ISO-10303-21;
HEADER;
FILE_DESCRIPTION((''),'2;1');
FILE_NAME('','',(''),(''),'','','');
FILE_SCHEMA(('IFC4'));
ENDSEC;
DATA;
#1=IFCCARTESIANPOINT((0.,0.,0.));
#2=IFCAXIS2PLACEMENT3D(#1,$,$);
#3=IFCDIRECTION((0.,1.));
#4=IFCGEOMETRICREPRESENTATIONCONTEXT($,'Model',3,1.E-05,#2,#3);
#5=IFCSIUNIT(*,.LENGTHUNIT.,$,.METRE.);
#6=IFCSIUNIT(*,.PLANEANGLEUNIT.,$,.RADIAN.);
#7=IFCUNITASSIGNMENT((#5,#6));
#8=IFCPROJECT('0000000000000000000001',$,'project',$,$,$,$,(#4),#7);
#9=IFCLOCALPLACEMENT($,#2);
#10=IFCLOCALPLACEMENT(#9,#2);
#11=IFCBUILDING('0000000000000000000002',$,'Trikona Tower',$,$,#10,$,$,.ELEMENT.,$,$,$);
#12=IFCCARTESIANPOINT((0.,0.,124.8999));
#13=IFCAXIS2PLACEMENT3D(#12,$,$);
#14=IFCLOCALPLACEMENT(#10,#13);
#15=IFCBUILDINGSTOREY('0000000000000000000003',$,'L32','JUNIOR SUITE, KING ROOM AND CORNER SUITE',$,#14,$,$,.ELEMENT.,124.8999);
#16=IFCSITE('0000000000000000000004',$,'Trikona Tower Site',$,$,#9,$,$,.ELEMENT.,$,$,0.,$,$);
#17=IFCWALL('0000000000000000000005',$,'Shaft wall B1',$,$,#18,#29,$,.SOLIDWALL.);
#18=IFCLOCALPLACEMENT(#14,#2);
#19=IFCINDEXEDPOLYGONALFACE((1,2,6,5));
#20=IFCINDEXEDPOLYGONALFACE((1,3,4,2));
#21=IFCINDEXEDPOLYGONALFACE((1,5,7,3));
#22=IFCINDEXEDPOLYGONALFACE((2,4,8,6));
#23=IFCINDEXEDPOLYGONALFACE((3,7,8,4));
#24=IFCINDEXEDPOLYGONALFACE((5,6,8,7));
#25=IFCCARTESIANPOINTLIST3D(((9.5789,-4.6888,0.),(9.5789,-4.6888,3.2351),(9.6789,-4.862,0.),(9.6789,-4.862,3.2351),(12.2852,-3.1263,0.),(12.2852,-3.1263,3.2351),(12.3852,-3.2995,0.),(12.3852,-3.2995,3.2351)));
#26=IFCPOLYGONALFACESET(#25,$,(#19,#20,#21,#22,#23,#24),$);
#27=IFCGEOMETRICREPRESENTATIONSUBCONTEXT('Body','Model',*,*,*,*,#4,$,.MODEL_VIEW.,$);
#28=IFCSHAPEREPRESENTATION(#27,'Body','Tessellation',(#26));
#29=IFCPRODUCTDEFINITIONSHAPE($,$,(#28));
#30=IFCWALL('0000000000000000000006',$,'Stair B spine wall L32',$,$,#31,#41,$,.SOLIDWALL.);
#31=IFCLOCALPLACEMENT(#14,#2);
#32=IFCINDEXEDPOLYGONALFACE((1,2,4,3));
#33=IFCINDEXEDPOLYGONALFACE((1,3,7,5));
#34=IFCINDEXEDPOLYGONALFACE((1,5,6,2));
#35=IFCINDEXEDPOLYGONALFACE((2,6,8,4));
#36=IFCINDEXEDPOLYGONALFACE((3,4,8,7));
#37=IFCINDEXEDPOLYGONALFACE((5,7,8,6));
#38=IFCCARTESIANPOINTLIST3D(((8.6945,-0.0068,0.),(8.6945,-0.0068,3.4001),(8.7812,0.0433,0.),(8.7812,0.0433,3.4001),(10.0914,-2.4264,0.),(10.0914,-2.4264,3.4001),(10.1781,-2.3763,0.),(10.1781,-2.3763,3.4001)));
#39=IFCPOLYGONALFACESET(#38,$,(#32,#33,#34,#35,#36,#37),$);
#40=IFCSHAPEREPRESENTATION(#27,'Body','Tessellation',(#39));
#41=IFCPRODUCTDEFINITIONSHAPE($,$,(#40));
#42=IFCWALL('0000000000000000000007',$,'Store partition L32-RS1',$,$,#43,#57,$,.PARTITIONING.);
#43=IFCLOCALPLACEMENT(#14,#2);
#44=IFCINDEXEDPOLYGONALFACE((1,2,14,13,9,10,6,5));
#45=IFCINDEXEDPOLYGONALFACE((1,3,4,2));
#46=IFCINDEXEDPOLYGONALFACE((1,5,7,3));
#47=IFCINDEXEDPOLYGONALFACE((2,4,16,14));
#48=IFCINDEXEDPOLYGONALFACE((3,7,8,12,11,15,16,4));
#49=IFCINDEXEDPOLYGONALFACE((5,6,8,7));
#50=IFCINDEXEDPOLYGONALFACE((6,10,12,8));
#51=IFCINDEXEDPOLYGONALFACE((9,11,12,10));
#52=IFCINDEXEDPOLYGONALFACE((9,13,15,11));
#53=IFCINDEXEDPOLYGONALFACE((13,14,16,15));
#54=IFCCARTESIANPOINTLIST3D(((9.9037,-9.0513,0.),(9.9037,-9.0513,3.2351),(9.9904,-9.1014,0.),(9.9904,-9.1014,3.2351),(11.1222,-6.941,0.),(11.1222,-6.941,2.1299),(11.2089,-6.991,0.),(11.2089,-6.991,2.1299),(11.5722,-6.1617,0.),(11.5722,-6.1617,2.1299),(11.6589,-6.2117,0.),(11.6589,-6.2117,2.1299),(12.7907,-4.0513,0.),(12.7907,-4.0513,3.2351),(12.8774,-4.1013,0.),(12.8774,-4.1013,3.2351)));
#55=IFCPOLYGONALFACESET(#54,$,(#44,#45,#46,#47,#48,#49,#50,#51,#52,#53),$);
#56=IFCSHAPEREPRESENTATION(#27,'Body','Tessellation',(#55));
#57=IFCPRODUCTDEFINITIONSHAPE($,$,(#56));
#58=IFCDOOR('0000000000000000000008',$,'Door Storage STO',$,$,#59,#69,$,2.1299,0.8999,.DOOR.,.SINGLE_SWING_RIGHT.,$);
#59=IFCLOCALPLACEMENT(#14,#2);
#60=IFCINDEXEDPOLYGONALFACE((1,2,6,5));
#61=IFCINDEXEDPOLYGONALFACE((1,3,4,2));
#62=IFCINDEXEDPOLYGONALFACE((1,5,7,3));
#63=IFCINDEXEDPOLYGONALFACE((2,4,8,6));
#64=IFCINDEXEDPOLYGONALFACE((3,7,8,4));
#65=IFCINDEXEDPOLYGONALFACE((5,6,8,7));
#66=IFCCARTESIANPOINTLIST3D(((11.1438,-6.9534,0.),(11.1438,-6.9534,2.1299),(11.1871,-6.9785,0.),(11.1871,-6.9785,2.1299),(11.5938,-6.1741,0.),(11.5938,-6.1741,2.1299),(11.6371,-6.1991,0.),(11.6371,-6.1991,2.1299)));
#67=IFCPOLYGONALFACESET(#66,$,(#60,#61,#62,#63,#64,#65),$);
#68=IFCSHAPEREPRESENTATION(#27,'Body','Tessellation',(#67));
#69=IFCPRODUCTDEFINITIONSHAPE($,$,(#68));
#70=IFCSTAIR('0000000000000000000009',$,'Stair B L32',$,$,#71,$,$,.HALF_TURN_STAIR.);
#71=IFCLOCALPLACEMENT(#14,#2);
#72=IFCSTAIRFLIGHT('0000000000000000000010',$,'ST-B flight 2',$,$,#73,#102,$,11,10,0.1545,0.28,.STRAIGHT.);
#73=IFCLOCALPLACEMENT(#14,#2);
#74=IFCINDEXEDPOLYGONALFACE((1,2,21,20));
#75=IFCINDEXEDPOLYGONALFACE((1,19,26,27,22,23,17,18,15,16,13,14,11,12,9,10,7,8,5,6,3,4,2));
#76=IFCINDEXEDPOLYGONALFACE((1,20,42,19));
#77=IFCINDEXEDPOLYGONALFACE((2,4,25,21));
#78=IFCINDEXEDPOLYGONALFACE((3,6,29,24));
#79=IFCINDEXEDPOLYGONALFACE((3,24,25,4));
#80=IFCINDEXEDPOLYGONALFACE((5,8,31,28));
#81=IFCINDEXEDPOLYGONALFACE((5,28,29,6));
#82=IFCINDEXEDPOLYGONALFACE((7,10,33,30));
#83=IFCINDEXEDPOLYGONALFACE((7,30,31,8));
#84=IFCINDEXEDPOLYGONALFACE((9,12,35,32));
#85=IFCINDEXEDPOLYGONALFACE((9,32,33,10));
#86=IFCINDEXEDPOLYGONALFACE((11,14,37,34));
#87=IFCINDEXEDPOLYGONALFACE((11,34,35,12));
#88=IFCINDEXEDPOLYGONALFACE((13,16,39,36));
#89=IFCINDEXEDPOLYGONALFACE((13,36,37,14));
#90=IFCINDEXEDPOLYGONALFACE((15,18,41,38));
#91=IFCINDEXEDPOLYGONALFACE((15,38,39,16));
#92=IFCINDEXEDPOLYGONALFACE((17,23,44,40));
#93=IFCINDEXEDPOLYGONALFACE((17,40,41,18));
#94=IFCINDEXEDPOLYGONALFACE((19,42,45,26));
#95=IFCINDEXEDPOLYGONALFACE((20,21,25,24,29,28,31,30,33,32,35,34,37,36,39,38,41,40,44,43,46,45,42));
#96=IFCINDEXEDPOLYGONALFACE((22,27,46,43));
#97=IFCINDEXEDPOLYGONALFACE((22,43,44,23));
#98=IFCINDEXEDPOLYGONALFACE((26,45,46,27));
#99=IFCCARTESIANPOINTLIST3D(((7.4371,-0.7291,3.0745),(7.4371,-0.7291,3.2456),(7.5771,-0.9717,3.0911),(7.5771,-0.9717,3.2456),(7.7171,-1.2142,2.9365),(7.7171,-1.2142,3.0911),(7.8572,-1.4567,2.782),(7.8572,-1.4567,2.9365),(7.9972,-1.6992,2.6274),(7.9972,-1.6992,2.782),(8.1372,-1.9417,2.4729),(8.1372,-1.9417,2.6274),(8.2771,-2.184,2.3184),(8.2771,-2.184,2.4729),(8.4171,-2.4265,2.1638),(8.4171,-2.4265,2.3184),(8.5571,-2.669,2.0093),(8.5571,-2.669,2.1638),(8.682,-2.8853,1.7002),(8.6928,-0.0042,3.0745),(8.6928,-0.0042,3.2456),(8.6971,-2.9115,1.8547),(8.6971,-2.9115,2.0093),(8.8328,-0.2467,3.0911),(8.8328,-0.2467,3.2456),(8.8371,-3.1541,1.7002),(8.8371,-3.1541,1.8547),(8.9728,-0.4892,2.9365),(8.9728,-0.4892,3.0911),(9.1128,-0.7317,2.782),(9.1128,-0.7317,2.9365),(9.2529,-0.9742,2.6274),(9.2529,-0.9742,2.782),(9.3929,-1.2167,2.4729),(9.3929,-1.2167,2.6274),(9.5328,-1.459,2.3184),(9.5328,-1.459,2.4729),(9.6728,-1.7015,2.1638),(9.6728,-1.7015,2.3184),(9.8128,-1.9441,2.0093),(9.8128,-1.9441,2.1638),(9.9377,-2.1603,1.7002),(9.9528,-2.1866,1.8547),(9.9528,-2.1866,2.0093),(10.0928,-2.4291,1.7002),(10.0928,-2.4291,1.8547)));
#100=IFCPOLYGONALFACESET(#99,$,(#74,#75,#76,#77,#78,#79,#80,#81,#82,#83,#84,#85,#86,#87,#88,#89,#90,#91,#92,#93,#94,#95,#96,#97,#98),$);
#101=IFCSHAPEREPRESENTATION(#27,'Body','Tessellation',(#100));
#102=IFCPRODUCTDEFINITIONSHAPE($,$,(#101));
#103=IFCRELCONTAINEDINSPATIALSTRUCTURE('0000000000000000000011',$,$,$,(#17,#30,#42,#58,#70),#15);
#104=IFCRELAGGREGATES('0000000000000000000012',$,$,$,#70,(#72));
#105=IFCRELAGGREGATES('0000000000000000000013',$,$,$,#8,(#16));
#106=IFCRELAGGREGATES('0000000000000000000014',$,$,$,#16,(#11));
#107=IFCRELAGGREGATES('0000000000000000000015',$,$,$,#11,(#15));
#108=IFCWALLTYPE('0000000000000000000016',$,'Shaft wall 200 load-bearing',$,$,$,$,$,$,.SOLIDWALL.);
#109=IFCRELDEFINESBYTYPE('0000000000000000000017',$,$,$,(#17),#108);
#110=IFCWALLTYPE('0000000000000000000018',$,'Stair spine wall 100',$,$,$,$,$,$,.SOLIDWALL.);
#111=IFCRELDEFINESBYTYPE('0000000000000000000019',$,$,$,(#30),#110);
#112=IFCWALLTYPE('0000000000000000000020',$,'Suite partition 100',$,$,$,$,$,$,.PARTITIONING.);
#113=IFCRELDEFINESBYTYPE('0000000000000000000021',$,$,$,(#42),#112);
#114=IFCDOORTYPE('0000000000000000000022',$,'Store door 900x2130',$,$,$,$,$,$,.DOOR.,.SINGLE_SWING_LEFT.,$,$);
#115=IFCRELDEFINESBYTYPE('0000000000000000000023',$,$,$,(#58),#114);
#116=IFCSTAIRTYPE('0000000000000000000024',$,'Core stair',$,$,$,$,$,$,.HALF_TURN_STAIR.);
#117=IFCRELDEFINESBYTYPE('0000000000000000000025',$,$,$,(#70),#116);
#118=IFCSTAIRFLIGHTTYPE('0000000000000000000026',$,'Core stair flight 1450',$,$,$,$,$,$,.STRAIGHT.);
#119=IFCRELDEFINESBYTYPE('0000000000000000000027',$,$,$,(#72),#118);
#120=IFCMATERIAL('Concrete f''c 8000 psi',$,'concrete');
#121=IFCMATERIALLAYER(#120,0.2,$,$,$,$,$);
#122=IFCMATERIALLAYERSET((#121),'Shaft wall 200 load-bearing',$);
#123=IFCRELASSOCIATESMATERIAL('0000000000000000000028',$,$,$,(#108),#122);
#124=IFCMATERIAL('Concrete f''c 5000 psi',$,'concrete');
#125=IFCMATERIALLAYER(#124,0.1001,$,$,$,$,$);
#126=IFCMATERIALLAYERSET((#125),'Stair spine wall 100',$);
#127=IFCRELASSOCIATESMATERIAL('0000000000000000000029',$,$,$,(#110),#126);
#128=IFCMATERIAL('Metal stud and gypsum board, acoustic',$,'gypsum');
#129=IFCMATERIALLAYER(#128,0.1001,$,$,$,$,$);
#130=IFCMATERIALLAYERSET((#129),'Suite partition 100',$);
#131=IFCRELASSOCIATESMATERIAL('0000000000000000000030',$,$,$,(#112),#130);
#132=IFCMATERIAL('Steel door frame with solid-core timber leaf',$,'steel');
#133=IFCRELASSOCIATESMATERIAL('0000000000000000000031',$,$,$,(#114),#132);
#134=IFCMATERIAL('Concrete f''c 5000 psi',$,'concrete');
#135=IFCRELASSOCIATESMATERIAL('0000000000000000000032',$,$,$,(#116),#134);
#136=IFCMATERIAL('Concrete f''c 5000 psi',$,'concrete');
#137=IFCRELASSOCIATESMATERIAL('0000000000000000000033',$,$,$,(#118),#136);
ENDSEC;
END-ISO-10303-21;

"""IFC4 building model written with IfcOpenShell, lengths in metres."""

from ifc_helpers import new_model, si_unit, direction, frame, frame_2d, origin, place, context, subcontext, project, spatial, polyline, rectangle, outline, extrude, material, layer, layer_set, type_object, element, fill, aggregate, save


model = new_model("IFC4")

# Units and contexts
model_context = context("Model", 3, precision=1e-05, world=origin(), true_north=direction((0.0, 1.0)))
body_context = subcontext(model_context, "Body", "Model", "MODEL_VIEW")
ifc_project = project(units=[si_unit("LENGTHUNIT", "METRE"), si_unit("PLANEANGLEUNIT", "RADIAN")], contexts=[model_context])

# Site, building, storey
site_placement = place(None, origin())
site = spatial("IfcSite", under=ifc_project, at=site_placement, Name="Trikona Tower Site", CompositionType="ELEMENT", RefElevation=0.0)
building_placement = place(site_placement, origin())
building = spatial("IfcBuilding", under=site, at=building_placement, Name="Trikona Tower", CompositionType="ELEMENT")
storey_placement = place(building_placement, frame((0.0, 0.0, 124.8999)))
storey = spatial("IfcBuildingStorey", under=building, at=storey_placement, Name="L32", Description="JUNIOR SUITE, KING ROOM AND CORNER SUITE", CompositionType="ELEMENT", Elevation=124.8999)

# Walls
ifc_material_1 = material(Name="Concrete f'c 8000 psi", Category="concrete")
ifc_layer_1 = layer(ifc_material_1, 0.2)
ifc_layer_set_1 = layer_set([ifc_layer_1], Name="Shaft wall 200 load-bearing")
wall_type_1 = type_object("IfcWallType", Name="Shaft wall 200 load-bearing", PredefinedType="SOLIDWALL", material=ifc_layer_set_1)
wall_1_placement = place(storey_placement, frame((9.6289, -4.7754, 0.0), z_axis=(0.0, 0.0, 1.0), x_axis=(0.866023, 0.500004, 0.0)))
element("IfcWall", 1, at=wall_1_placement, inside=storey, type_object=wall_type_1, Name="Shaft wall B1", PredefinedType="SOLIDWALL", context=body_context, shape_type="SweptSolid", body=[
    extrude(rectangle(XDim=3.125, YDim=0.2, at=frame_2d((1.5625, 0.0))), origin(), (0.0, 0.0, 1.0), 3.2351),
])
ifc_material_2 = material(Name="Concrete f'c 5000 psi", Category="concrete")
ifc_layer_2 = layer(ifc_material_2, 0.1001)
ifc_layer_set_2 = layer_set([ifc_layer_2], Name="Stair spine wall 100")
wall_type_2 = type_object("IfcWallType", Name="Stair spine wall 100", PredefinedType="SOLIDWALL", material=ifc_layer_set_2)
wall_2_placement = place(storey_placement, frame((10.1348, -2.4014, 0.0), z_axis=(0.0, 0.0, 1.0), x_axis=(-0.499992, 0.86603, 0.0)))
element("IfcWall", 2, at=wall_2_placement, inside=storey, type_object=wall_type_2, Name="Stair B spine wall L32", PredefinedType="SOLIDWALL", context=body_context, shape_type="SweptSolid", body=[
    extrude(rectangle(XDim=2.7939, YDim=0.1001, at=frame_2d((1.397, 0.0))), origin(), (0.0, 0.0, 1.0), 3.4001),
])

# Wall, opening, door
ifc_material_3 = material(Name="Metal stud and gypsum board, acoustic", Category="gypsum")
ifc_layer_3 = layer(ifc_material_3, 0.1001)
ifc_layer_set_3 = layer_set([ifc_layer_3], Name="Suite partition 100")
wall_type_3 = type_object("IfcWallType", Name="Suite partition 100", PredefinedType="PARTITIONING", material=ifc_layer_set_3)
wall_3_placement = place(storey_placement, frame((12.834, -4.0764, 0.0), z_axis=(0.0, 0.0, 1.0), x_axis=(-0.500027, -0.86601, 0.0)))
wall_3 = element("IfcWall", 3, at=wall_3_placement, inside=storey, type_object=wall_type_3, Name="Store partition L32-RS1", PredefinedType="PARTITIONING", context=body_context, shape_type="SweptSolid", body=[
    extrude(rectangle(XDim=5.7737, YDim=0.1001, at=frame_2d((2.8867, 0.0))), origin(), (0.0, 0.0, 1.0), 3.2351),
])
opening_1_placement = place(wall_3_placement, frame((2.4368, 0.0, 0.0)))
opening_1 = element("IfcOpeningElement", 4, at=opening_1_placement, cuts=wall_3, PredefinedType="OPENING", context=body_context, shape_type="SweptSolid", body=[
    extrude(rectangle(XDim=0.8999, YDim=2.1299, at=frame_2d((0.45, 1.0649))), frame((0.0, 0.0601, 0.0), z_axis=(0.0, -1.0, 0.0), x_axis=(1.0, 0.0, 0.0)), (0.0, 0.0, 1.0), 0.1201),
])
ifc_material_4 = material(Name="Steel door frame with solid-core timber leaf", Category="steel")
door_type_1 = type_object("IfcDoorType", Name="Store door 900x2130", OperationType="SINGLE_SWING_LEFT", PredefinedType="DOOR", material=ifc_material_4)
door_1_placement = place(opening_1_placement, origin())
door_1 = element("IfcDoor", 5, at=door_1_placement, inside=storey, type_object=door_type_1, Name="Door Storage STO", OperationType="SINGLE_SWING_RIGHT", OverallHeight=2.1299, OverallWidth=0.8999, PredefinedType="DOOR", context=body_context, shape_type="SweptSolid", body=[
    extrude(rectangle(XDim=0.8999, YDim=2.1299, at=frame_2d((0.45, 1.0649))), frame((0.0, 0.0249, 0.0), z_axis=(0.0, -1.0, 0.0), x_axis=(1.0, 0.0, 0.0)), (0.0, 0.0, 1.0), 0.05),
])
fill(opening_1, door_1)

# Stair, stair flight
ifc_material_5 = material(Name="Concrete f'c 5000 psi", Category="concrete")
stair_type = type_object("IfcStairType", Name="Core stair", PredefinedType="HALF_TURN_STAIR", material=ifc_material_5)
stair_placement = place(storey_placement, origin())
stair = element("IfcStair", 6, at=stair_placement, inside=storey, type_object=stair_type, Name="Stair B L32", PredefinedType="HALF_TURN_STAIR")
ifc_material_6 = material(Name="Concrete f'c 5000 psi", Category="concrete")
stair_flight_type = type_object("IfcStairFlightType", Name="Core stair flight 1450", PredefinedType="STRAIGHT", material=ifc_material_6)
stair_flight_placement = place(storey_placement, frame((9.4651, -2.7915, 1.7002), z_axis=(0.0, 0.0, 1.0), x_axis=(-0.5, 0.866025, 0.0)))
stair_flight = element("IfcStairFlight", 7, at=stair_flight_placement, type_object=stair_flight_type, Name="ST-B flight 2", NumberOfRisers=11, NumberOfTreads=10, PredefinedType="STRAIGHT", RiserHeight=0.1545, TreadLength=0.28, context=body_context, shape_type="SweptSolid", body=[
    extrude(outline(polyline([(0.0, 0.0), (0.0, 0.1545), (0.28, 0.1545), (0.28, 0.3091), (0.5601, 0.3091), (0.5601, 0.4636), (0.8401, 0.4636), (0.8401, 0.6182), (1.1201, 0.6182), (1.1201, 0.7727), (1.3999, 0.7727), (1.3999, 0.9272), (1.6799, 0.9272), (1.6799, 1.0818), (1.96, 1.0818), (1.96, 1.2363), (2.24, 1.2363), (2.24, 1.3909), (2.52, 1.3909), (2.52, 1.5454), (2.8, 1.5454), (2.8, 1.7), (2.8, 1.3743), (0.3103, 0.0), (0.0, 0.0)])), frame((0.0, 0.7251, 0.0), z_axis=(0.0, -1.0, 0.0), x_axis=(1.0, 0.0, 0.0)), (0.0, 0.0, 1.0), 1.45),
])
aggregate(stair, [stair_flight])

save(model, "model.ifc")
